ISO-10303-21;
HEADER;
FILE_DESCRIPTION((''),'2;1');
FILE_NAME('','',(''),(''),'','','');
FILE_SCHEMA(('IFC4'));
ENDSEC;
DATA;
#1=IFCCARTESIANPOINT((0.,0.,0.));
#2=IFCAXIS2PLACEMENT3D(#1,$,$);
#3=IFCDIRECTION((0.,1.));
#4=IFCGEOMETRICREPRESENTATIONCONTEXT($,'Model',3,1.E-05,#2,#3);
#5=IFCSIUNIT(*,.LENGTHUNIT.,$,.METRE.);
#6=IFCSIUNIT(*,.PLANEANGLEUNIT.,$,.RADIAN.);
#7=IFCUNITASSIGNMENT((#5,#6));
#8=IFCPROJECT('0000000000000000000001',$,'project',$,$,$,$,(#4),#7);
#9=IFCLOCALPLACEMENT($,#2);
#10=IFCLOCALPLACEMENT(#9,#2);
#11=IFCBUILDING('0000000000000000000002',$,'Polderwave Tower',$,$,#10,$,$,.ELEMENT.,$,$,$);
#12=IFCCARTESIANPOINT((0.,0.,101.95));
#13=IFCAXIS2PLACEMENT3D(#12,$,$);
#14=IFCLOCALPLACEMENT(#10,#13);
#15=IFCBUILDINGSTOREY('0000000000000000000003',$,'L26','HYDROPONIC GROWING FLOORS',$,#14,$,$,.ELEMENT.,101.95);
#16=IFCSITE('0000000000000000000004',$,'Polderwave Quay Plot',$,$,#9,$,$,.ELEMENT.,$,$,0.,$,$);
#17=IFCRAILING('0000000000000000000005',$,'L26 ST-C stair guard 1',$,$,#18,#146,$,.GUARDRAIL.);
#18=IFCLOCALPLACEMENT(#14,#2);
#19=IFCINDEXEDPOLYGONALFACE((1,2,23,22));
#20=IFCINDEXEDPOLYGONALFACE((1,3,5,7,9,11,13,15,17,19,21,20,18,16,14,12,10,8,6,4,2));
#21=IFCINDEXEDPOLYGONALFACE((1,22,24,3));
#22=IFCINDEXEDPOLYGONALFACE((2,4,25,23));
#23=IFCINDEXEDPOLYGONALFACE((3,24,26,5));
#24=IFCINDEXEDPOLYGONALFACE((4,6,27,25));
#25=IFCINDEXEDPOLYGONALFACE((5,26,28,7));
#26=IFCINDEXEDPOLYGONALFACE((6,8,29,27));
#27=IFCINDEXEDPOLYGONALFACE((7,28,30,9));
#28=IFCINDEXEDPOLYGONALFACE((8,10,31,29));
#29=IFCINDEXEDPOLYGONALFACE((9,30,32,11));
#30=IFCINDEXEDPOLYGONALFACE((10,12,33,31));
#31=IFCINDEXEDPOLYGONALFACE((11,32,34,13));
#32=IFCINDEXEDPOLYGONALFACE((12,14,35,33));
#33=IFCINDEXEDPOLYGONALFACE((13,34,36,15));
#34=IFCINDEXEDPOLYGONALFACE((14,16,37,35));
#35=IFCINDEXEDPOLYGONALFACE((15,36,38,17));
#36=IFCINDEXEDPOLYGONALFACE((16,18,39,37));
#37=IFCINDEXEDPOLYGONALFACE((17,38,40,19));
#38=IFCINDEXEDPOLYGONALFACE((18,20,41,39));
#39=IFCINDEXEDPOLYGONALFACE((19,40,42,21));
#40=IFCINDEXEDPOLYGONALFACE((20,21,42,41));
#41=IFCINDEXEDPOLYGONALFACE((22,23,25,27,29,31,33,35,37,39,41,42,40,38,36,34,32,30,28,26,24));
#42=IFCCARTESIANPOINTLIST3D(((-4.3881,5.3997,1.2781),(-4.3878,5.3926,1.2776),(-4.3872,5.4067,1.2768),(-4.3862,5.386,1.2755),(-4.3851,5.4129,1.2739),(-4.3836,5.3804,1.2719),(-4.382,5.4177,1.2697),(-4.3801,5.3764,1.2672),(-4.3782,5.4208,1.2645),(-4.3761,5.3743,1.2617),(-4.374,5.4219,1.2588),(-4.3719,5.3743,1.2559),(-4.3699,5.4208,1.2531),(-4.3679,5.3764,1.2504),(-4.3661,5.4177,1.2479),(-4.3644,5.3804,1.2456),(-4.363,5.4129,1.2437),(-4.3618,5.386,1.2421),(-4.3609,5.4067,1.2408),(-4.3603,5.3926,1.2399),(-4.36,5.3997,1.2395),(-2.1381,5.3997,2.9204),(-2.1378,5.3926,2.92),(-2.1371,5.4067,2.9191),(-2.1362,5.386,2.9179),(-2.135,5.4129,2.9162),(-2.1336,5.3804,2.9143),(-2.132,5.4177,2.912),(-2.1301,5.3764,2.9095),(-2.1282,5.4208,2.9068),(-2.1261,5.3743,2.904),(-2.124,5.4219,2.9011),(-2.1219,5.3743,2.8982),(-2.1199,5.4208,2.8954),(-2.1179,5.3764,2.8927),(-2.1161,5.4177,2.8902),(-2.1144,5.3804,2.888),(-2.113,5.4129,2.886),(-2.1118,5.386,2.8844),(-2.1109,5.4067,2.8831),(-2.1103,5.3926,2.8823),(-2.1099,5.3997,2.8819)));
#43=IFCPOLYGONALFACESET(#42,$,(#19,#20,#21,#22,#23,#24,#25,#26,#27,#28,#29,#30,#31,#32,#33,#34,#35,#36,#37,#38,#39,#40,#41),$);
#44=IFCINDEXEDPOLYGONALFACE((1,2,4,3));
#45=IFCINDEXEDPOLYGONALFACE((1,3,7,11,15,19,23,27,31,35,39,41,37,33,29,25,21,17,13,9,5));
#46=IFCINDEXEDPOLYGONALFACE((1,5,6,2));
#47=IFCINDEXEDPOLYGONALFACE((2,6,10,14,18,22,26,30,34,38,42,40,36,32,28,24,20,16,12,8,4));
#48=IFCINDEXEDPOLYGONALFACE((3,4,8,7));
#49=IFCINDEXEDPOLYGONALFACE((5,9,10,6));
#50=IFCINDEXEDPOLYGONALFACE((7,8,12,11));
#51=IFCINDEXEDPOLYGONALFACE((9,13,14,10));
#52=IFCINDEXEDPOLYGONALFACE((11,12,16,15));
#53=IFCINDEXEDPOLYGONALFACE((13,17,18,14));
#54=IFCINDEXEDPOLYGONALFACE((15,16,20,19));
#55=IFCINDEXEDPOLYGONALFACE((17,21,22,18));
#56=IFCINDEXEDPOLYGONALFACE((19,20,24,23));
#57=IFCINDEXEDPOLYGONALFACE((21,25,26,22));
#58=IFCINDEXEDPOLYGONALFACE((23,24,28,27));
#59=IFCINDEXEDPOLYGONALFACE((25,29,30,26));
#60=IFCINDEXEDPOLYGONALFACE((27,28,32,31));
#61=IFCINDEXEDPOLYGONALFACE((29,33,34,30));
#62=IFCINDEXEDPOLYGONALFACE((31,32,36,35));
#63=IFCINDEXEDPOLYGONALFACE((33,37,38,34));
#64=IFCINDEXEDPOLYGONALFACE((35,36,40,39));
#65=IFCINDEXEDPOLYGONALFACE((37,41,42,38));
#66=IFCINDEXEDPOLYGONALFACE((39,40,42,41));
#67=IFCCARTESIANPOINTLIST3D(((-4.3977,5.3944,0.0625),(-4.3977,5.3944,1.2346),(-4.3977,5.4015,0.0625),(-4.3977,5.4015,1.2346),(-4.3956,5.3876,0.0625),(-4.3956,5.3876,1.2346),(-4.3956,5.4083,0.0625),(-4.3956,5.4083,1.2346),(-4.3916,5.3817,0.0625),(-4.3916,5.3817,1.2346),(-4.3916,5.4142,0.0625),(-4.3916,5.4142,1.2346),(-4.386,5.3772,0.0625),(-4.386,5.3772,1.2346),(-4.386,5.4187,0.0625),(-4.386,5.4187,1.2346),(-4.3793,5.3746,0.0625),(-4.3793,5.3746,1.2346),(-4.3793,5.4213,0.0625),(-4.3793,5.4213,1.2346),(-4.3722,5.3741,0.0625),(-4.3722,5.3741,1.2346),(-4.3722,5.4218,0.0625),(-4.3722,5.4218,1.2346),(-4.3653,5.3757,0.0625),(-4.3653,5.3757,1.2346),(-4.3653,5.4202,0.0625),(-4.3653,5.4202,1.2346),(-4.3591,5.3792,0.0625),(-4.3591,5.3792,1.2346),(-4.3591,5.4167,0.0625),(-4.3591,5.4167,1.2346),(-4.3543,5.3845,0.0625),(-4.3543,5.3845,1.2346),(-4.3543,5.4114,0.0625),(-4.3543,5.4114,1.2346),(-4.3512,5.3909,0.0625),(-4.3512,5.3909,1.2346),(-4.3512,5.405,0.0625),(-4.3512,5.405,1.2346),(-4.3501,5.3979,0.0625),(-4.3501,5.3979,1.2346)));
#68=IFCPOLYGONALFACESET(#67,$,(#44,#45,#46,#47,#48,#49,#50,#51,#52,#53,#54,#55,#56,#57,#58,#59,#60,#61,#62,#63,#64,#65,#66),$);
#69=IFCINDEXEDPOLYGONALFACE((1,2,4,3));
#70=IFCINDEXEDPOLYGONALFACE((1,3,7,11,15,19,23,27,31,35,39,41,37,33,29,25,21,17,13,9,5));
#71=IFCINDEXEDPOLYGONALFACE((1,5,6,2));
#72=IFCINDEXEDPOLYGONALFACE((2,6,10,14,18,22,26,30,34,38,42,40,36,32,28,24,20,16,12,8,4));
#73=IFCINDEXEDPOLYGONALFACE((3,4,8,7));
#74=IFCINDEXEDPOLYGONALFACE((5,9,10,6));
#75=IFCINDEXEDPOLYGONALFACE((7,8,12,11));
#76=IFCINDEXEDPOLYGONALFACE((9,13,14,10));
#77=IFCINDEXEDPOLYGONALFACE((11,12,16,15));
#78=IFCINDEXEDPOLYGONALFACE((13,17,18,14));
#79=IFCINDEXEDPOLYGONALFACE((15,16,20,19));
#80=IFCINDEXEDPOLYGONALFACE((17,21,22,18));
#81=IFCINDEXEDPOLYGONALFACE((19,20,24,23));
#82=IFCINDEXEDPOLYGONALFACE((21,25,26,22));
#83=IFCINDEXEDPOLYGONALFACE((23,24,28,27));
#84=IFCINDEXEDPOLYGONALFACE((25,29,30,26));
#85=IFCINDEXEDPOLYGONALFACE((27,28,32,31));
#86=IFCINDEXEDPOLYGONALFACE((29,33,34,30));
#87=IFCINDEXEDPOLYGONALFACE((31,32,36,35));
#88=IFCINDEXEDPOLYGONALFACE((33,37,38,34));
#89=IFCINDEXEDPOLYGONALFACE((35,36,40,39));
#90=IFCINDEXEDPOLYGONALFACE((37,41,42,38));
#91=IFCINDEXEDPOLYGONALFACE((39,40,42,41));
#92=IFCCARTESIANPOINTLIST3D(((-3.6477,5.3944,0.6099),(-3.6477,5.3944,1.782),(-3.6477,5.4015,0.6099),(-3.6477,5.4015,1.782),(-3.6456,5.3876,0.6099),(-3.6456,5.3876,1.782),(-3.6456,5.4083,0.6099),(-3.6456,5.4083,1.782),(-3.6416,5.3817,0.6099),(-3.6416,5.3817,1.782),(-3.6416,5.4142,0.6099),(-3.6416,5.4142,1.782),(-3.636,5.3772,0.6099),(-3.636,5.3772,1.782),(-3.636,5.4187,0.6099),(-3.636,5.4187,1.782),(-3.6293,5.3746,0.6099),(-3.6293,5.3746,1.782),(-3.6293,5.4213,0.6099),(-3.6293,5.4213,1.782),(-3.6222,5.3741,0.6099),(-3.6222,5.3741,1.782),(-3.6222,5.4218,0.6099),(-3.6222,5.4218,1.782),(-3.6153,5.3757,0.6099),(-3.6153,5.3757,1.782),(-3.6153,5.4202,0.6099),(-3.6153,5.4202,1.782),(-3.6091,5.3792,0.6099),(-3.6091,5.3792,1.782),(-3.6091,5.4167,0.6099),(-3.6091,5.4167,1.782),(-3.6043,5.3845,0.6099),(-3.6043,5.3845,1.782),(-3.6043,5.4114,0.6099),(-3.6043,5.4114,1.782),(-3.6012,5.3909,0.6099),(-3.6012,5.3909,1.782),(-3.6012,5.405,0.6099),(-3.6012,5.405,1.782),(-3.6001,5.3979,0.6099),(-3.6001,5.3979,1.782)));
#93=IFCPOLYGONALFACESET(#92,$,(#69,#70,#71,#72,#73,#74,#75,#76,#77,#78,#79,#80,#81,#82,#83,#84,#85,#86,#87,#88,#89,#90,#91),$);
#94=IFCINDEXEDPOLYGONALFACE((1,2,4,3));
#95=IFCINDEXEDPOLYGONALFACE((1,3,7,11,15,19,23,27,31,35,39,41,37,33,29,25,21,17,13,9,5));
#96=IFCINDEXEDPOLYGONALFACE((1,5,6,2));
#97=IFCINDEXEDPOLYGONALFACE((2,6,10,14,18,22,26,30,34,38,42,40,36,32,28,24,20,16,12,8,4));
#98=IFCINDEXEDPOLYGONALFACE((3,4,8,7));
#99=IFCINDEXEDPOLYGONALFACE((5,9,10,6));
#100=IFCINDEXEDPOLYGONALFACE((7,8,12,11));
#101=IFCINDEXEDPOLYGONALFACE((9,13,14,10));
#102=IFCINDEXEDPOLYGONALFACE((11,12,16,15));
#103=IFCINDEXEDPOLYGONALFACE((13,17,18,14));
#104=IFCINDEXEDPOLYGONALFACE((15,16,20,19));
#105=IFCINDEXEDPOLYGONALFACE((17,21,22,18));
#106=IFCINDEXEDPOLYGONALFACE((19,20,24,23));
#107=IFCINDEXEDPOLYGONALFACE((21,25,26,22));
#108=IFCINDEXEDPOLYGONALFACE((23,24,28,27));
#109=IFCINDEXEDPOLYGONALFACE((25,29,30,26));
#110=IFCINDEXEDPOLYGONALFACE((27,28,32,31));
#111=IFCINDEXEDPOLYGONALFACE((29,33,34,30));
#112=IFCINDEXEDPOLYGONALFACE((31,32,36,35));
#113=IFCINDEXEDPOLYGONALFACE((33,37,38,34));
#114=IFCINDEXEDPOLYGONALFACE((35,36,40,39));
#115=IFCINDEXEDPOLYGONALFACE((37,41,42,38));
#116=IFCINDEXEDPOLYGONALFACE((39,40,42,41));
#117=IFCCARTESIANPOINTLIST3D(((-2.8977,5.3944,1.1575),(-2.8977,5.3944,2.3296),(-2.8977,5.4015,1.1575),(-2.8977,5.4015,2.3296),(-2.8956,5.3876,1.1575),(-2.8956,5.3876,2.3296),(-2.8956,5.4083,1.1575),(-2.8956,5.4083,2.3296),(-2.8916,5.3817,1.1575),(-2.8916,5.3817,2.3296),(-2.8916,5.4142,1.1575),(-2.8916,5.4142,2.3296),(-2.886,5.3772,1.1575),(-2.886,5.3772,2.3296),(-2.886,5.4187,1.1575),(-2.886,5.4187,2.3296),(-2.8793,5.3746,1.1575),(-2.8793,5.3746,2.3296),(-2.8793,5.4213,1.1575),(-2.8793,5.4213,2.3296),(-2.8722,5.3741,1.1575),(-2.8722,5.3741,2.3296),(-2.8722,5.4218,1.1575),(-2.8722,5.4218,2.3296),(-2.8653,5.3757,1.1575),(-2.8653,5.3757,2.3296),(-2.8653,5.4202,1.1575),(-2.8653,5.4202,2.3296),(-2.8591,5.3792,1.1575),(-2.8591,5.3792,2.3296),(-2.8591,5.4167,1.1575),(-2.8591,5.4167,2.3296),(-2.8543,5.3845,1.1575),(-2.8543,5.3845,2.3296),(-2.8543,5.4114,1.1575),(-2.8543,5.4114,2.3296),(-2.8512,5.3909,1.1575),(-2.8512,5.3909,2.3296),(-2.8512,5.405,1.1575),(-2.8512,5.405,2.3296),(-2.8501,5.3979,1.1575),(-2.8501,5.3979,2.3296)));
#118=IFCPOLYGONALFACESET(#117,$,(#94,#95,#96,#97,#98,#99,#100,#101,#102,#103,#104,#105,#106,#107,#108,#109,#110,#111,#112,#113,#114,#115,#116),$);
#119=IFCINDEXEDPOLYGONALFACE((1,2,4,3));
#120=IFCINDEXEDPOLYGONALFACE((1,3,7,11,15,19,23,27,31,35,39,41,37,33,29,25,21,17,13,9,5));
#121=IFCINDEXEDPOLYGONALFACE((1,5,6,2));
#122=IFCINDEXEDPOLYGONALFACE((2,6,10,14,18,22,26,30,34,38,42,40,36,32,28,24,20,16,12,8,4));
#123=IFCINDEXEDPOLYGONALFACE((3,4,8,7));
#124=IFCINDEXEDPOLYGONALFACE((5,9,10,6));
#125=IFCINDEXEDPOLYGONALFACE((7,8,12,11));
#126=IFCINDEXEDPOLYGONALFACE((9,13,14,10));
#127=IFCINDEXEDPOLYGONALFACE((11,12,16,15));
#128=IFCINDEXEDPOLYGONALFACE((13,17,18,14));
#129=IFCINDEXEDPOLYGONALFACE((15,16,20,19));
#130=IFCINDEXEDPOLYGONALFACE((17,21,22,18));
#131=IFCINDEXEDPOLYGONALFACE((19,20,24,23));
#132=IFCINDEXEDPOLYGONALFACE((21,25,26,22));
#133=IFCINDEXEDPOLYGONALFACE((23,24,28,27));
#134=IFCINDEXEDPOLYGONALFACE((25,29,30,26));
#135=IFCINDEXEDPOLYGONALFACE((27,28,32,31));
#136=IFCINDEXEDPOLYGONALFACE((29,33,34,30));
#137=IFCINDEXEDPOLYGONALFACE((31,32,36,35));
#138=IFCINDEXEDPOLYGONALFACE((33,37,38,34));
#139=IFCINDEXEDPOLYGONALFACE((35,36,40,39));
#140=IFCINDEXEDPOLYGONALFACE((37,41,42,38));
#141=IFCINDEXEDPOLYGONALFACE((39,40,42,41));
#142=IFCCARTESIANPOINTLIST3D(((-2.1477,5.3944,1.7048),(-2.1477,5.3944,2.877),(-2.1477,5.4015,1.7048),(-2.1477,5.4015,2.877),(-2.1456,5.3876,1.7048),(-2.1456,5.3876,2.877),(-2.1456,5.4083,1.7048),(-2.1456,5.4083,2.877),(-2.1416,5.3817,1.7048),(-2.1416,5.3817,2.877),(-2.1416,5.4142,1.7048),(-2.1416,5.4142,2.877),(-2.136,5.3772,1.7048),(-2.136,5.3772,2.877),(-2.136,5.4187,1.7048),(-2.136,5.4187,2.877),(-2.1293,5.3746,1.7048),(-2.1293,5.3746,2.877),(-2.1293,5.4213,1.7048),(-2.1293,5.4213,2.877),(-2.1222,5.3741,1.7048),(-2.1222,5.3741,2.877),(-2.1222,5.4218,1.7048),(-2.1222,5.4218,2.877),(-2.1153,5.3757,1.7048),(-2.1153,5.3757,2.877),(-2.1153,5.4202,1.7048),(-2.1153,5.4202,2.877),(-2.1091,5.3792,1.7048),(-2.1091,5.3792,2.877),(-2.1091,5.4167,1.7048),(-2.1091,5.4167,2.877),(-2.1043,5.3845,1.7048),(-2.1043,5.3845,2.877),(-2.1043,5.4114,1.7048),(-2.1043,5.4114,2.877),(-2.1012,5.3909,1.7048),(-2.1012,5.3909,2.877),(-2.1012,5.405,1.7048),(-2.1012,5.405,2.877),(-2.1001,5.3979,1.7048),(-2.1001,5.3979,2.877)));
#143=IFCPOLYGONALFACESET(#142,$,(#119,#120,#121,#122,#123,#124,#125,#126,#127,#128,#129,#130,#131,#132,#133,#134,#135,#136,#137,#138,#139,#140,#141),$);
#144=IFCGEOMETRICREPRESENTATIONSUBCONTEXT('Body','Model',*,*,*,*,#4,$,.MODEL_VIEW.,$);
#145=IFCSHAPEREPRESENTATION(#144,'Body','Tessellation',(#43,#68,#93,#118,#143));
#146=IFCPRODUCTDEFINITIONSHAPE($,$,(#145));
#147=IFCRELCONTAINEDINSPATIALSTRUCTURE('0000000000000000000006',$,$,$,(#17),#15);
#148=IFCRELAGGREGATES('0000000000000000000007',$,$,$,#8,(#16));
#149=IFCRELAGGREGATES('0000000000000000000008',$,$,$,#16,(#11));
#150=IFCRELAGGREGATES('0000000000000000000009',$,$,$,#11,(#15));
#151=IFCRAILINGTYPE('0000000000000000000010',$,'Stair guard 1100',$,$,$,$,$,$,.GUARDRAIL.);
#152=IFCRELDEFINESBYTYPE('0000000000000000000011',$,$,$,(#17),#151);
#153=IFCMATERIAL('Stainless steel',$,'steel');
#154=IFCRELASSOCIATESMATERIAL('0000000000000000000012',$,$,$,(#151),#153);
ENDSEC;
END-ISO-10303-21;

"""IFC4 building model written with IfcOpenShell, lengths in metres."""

from ifc_helpers import new_model, si_unit, direction, frame, origin, origin_2d, place, context, subcontext, project, spatial, circle, extrude, material, type_object, element, save


model = new_model("IFC4")

# Units and contexts
model_context = context("Model", 3, precision=1e-05, world=origin(), true_north=direction((0.0, 1.0)))
body_context = subcontext(model_context, "Body", "Model", "MODEL_VIEW")
ifc_project = project(units=[si_unit("LENGTHUNIT", "METRE"), si_unit("PLANEANGLEUNIT", "RADIAN")], contexts=[model_context])

# Site, building, storey
site_placement = place(None, origin())
site = spatial("IfcSite", under=ifc_project, at=site_placement, Name="Polderwave Quay Plot", CompositionType="ELEMENT", RefElevation=0.0)
building_placement = place(site_placement, origin())
building = spatial("IfcBuilding", under=site, at=building_placement, Name="Polderwave Tower", CompositionType="ELEMENT")
storey_placement = place(building_placement, frame((0.0, 0.0, 101.95)))
storey = spatial("IfcBuildingStorey", under=building, at=storey_placement, Name="L26", Description="HYDROPONIC GROWING FLOORS", CompositionType="ELEMENT", Elevation=101.95)

# Railing
ifc_material_1 = material(Name="Stainless steel", Category="steel")
railing_type_1 = type_object("IfcRailingType", Name="Stair guard 1100", PredefinedType="GUARDRAIL", material=ifc_material_1)
railing_1_placement = place(storey_placement, frame((-4.374, 5.3979, 0.0625)))
element("IfcRailing", 1, at=railing_1_placement, inside=storey, type_object=railing_type_1, Name="L26 ST-C stair guard 1", PredefinedType="GUARDRAIL", context=body_context, shape_type="SweptSolid", body=[
    extrude(circle(Radius=0.0239, at=origin_2d()), frame((0.0, 0.0, 1.1963), z_axis=(0.807715, 0.0, 0.589573), x_axis=(0.0, 1.0, 0.0)), (0.0, 0.0, 1.0), 2.7856),
    extrude(circle(Radius=0.0239, at=origin_2d()), origin(), (0.0, 0.0, 1.0), 1.1721),
    extrude(circle(Radius=0.0239, at=origin_2d()), frame((0.75, 0.0, 0.5474)), (0.0, 0.0, 1.0), 1.1721),
    extrude(circle(Radius=0.0239, at=origin_2d()), frame((1.5, 0.0, 1.095)), (0.0, 0.0, 1.0), 1.1721),
    extrude(circle(Radius=0.0239, at=origin_2d()), frame((2.25, 0.0, 1.6423)), (0.0, 0.0, 1.0), 1.1721),
])

save(model, "model.ifc")
